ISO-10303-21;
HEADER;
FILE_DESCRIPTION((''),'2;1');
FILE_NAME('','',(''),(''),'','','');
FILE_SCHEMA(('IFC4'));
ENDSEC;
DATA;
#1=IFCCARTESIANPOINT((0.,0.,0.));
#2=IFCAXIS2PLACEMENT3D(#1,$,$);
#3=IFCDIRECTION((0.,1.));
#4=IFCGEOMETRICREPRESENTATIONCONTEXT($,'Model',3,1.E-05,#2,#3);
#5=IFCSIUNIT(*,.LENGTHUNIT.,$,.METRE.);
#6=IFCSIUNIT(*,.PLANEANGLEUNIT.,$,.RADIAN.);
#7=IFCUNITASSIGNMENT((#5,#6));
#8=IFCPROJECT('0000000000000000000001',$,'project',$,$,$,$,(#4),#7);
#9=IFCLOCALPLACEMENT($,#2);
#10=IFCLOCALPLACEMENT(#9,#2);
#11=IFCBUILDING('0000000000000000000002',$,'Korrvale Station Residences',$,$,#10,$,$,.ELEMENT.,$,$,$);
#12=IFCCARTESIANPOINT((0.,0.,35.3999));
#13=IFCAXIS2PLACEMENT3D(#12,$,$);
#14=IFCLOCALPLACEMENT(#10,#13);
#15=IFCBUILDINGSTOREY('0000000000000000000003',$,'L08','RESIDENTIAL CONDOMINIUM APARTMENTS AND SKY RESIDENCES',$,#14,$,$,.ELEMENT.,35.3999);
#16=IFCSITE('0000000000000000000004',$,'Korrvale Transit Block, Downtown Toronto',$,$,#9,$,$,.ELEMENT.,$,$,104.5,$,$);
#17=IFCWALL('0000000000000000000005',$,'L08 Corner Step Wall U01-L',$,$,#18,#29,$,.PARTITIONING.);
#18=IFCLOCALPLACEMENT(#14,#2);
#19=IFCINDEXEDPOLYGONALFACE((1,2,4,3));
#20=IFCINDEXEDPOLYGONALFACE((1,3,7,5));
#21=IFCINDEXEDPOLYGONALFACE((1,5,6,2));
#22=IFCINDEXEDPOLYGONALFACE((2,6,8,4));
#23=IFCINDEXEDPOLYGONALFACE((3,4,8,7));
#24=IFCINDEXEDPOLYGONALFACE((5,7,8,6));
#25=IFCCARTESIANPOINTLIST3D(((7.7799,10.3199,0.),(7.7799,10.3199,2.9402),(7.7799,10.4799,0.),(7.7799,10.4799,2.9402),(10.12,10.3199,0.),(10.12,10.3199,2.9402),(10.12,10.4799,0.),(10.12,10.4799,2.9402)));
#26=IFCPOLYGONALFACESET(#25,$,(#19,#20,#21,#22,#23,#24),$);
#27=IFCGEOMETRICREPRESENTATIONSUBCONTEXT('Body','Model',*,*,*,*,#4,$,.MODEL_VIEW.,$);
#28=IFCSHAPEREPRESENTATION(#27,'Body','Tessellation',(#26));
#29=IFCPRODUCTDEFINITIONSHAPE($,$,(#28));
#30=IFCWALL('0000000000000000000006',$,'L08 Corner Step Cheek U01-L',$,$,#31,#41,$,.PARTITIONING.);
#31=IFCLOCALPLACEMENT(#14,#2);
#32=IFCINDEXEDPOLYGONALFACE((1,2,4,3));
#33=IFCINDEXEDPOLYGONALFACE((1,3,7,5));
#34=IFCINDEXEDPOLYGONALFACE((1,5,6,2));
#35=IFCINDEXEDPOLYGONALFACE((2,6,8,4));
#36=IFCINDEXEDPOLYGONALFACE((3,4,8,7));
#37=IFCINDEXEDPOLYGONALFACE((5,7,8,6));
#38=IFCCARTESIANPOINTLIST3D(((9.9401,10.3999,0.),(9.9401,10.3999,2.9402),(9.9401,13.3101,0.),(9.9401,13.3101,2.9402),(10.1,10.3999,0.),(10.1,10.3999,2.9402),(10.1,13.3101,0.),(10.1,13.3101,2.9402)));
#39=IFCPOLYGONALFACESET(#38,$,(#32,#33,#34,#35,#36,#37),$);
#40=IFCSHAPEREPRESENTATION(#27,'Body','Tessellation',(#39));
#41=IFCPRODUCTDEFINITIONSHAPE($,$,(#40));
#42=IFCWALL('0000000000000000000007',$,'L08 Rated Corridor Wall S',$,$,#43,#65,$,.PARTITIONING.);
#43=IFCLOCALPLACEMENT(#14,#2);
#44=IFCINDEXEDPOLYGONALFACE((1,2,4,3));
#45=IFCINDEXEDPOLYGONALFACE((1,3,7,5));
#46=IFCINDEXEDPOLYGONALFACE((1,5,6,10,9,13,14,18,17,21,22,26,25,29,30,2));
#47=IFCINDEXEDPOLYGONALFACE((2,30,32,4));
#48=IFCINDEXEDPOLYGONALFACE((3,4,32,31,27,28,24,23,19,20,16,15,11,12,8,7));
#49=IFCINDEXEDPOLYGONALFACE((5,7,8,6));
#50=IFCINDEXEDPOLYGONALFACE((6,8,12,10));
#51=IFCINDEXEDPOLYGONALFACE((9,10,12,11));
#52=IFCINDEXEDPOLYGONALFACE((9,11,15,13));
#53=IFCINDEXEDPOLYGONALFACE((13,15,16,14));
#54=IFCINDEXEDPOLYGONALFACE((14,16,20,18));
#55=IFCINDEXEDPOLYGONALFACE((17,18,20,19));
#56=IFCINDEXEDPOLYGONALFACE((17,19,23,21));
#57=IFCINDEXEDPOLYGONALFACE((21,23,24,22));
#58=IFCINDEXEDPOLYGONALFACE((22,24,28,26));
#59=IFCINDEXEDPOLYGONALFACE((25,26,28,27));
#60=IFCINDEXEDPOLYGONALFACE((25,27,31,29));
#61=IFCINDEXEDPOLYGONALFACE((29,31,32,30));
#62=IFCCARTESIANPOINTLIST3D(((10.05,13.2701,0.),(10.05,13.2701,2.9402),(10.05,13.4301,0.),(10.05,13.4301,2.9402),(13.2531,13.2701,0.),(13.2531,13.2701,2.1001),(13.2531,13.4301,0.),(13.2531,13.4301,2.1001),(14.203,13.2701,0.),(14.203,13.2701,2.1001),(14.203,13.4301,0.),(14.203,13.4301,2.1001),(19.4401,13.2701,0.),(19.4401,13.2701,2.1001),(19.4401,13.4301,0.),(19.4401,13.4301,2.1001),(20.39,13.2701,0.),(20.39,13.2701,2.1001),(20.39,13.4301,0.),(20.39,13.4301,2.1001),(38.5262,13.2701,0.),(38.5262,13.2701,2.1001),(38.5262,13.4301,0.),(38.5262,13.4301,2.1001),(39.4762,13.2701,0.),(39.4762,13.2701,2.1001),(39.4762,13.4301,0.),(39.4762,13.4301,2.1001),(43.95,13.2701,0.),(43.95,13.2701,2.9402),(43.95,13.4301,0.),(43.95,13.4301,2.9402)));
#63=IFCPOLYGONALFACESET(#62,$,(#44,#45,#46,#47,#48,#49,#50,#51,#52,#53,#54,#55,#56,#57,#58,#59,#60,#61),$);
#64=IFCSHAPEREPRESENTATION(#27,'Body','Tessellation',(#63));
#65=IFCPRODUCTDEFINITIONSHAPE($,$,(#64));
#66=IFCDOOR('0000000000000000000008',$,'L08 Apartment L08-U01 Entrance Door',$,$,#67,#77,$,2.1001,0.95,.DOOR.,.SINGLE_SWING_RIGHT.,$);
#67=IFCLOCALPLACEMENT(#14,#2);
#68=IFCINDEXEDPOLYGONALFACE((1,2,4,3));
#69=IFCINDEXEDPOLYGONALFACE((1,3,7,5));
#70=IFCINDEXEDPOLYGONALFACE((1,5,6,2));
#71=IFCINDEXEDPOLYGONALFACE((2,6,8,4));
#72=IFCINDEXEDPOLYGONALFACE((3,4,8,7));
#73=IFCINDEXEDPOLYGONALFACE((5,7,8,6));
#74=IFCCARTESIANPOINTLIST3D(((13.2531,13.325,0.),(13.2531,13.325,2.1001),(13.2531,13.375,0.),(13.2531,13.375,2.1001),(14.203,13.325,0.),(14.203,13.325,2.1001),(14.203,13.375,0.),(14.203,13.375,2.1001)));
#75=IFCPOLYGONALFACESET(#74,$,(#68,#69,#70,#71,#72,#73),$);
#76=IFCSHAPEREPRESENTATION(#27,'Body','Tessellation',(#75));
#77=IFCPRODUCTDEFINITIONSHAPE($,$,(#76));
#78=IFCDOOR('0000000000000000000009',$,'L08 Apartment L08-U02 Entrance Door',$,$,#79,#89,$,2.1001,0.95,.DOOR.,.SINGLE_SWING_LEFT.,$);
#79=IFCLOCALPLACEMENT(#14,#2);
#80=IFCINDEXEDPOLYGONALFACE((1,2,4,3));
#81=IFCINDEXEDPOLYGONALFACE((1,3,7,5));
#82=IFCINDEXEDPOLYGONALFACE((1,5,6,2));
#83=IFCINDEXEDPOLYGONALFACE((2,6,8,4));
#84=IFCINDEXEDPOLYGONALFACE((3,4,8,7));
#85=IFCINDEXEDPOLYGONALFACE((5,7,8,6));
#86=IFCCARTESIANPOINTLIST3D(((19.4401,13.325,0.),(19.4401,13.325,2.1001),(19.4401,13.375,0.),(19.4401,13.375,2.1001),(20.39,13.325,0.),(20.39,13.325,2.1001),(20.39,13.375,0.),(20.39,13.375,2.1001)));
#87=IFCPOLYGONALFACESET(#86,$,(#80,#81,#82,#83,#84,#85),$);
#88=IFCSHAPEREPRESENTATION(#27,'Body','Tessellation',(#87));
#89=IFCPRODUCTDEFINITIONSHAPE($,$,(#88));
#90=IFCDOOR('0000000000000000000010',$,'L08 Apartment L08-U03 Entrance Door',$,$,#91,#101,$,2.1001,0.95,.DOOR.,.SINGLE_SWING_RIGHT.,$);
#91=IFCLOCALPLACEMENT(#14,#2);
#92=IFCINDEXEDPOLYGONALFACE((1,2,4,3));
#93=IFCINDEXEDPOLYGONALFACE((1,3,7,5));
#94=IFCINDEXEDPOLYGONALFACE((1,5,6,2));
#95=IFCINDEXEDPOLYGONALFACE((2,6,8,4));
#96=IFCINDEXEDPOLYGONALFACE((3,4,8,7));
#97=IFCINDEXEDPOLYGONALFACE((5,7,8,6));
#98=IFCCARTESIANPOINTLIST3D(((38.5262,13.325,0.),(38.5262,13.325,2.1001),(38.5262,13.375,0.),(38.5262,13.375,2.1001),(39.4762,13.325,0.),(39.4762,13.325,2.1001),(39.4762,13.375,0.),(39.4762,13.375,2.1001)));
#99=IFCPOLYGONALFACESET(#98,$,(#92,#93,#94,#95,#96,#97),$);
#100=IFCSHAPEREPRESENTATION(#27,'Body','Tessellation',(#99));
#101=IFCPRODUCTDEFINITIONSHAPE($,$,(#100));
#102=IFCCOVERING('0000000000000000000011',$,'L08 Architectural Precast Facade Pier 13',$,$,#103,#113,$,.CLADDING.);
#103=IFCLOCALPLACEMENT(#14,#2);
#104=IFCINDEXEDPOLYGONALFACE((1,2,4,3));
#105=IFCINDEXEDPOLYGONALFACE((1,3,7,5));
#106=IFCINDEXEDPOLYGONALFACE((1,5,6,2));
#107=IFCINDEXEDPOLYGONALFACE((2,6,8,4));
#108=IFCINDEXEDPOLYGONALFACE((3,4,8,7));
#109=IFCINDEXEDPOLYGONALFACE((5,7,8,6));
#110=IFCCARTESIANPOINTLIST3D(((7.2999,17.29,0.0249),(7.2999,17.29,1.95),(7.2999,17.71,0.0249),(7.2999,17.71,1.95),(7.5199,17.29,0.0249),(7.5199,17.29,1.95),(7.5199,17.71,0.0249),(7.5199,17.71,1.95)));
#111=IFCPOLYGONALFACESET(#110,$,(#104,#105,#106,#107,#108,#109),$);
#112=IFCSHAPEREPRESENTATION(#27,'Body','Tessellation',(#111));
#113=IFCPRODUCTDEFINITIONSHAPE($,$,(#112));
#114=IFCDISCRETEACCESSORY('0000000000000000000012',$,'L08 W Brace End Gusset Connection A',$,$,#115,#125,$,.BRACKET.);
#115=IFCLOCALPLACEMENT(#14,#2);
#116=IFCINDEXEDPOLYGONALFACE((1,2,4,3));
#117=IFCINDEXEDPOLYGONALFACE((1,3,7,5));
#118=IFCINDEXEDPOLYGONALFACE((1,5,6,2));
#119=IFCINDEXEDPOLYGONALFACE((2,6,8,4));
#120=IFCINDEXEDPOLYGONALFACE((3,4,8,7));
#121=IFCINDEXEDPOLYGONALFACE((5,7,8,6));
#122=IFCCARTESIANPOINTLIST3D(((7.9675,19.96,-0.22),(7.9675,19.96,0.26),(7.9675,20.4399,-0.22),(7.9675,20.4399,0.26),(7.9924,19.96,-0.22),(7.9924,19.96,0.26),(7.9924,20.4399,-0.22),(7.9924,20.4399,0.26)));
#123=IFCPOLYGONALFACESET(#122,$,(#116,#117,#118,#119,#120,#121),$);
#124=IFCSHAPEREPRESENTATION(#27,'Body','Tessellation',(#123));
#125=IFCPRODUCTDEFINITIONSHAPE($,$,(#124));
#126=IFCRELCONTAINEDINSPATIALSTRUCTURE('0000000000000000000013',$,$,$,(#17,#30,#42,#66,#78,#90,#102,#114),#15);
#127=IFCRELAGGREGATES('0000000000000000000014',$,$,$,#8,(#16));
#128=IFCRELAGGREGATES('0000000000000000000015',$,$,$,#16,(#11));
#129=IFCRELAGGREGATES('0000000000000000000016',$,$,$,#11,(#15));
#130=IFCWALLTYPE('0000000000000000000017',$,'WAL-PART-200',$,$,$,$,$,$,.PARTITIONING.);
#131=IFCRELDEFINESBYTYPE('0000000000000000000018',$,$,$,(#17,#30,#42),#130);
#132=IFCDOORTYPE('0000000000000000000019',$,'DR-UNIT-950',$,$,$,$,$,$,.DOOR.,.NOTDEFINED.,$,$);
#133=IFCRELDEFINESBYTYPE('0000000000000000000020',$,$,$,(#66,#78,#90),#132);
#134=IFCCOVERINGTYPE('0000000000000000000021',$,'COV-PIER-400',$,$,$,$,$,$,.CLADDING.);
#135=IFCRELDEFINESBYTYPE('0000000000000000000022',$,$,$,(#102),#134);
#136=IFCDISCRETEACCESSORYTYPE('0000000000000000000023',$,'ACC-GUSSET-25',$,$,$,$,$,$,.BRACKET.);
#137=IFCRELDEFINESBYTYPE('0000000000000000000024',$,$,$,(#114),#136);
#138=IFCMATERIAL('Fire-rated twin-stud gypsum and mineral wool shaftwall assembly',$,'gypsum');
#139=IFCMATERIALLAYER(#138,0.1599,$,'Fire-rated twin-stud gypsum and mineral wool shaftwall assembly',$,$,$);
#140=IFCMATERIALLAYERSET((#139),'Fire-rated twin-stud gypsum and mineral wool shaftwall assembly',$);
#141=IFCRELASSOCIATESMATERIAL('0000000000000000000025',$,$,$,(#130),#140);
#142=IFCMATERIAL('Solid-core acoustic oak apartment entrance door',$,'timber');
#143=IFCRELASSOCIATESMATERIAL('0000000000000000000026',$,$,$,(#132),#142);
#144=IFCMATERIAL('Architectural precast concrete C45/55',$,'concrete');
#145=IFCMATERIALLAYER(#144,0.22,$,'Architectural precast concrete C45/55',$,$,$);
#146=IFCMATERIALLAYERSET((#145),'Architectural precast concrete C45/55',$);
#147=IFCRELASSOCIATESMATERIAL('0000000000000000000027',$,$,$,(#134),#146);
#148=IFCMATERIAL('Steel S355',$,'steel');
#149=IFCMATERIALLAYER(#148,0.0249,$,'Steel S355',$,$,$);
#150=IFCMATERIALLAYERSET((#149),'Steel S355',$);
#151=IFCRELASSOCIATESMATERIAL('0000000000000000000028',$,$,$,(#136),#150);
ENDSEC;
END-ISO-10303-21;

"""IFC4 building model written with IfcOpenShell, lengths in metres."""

from ifc_helpers import new_model, si_unit, direction, frame, frame_2d, origin, origin_2d, place, context, subcontext, project, spatial, rectangle, extrude, material, layer, layer_set, type_object, element, fill, save


model = new_model("IFC4")

# Units and contexts
model_context = context("Model", 3, precision=1e-05, world=origin(), true_north=direction((0.0, 1.0)))
body_context = subcontext(model_context, "Body", "Model", "MODEL_VIEW")
ifc_project = project(units=[si_unit("LENGTHUNIT", "METRE"), si_unit("PLANEANGLEUNIT", "RADIAN")], contexts=[model_context])

# Site, building, storey
site_placement = place(None, origin())
site = spatial("IfcSite", under=ifc_project, at=site_placement, Name="Korrvale Transit Block, Downtown Toronto", CompositionType="ELEMENT", RefElevation=104.5)
building_placement = place(site_placement, origin())
building = spatial("IfcBuilding", under=site, at=building_placement, Name="Korrvale Station Residences", CompositionType="ELEMENT")
storey_placement = place(building_placement, frame((0.0, 0.0, 35.3999)))
storey = spatial("IfcBuildingStorey", under=building, at=storey_placement, Name="L08", Description="RESIDENTIAL CONDOMINIUM APARTMENTS AND SKY RESIDENCES", CompositionType="ELEMENT", Elevation=35.3999)

# Shared definitions
ifc_material_1 = material(Name="Steel S355", Category="steel")

# Walls
ifc_material_2 = material(Name="Fire-rated twin-stud gypsum and mineral wool shaftwall assembly", Category="gypsum")
ifc_layer_1 = layer(ifc_material_2, 0.1599, Name="Fire-rated twin-stud gypsum and mineral wool shaftwall assembly")
ifc_layer_set_1 = layer_set([ifc_layer_1], Name="Fire-rated twin-stud gypsum and mineral wool shaftwall assembly")
wall_type_1 = type_object("IfcWallType", Name="WAL-PART-200", PredefinedType="PARTITIONING", material=ifc_layer_set_1)
wall_1_placement = place(storey_placement, frame((7.78, 10.3999, 0.0), z_axis=(0.0, 0.0, 1.0), x_axis=(1.0, 0.0, 0.0)))
element("IfcWall", 1, at=wall_1_placement, inside=storey, type_object=wall_type_1, Name="L08 Corner Step Wall U01-L", PredefinedType="PARTITIONING", context=body_context, shape_type="SweptSolid", body=[
    extrude(rectangle(XDim=2.3401, YDim=0.1599, at=frame_2d((1.1699, 0.0))), origin(), (0.0, 0.0, 1.0), 2.9402),
])
wall_2_placement = place(storey_placement, frame((10.02, 10.3999, 0.0), z_axis=(0.0, 0.0, 1.0), x_axis=(0.0, 1.0, 0.0)))
element("IfcWall", 2, at=wall_2_placement, inside=storey, type_object=wall_type_1, Name="L08 Corner Step Cheek U01-L", PredefinedType="PARTITIONING", context=body_context, shape_type="SweptSolid", body=[
    extrude(rectangle(XDim=2.9102, YDim=0.1599, at=frame_2d((1.4551, 0.0))), origin(), (0.0, 0.0, 1.0), 2.9402),
])

# Wall, openings, doors
wall_3_placement = place(storey_placement, frame((10.05, 13.3501, 0.0), z_axis=(0.0, 0.0, 1.0), x_axis=(1.0, 0.0, 0.0)))
wall_3 = element("IfcWall", 3, at=wall_3_placement, inside=storey, type_object=wall_type_1, Name="L08 Rated Corridor Wall S", PredefinedType="PARTITIONING", context=body_context, shape_type="SweptSolid", body=[
    extrude(rectangle(XDim=33.8999, YDim=0.1599, at=frame_2d((16.95, 0.0))), origin(), (0.0, 0.0, 1.0), 2.9402),
])
opening_1_placement = place(wall_3_placement, frame((3.2029, 0.0, 0.0)))
opening_1 = element("IfcOpeningElement", 4, at=opening_1_placement, cuts=wall_3, PredefinedType="OPENING", context=body_context, shape_type="SweptSolid", body=[
    extrude(rectangle(XDim=0.95, YDim=2.1001, at=frame_2d((0.4751, 1.05))), frame((0.0, 0.0898, 0.0), z_axis=(0.0, -1.0, 0.0), x_axis=(1.0, 0.0, 0.0)), (0.0, 0.0, 1.0), 0.1799),
])
opening_2_placement = place(wall_3_placement, frame((9.3899, 0.0, 0.0)))
opening_2 = element("IfcOpeningElement", 5, at=opening_2_placement, cuts=wall_3, PredefinedType="OPENING", context=body_context, shape_type="SweptSolid", body=[
    extrude(rectangle(XDim=0.95, YDim=2.1001, at=frame_2d((0.4751, 1.05))), frame((0.0, 0.0898, 0.0), z_axis=(0.0, -1.0, 0.0), x_axis=(1.0, 0.0, 0.0)), (0.0, 0.0, 1.0), 0.1799),
])
opening_3_placement = place(wall_3_placement, frame((28.4761, 0.0, 0.0)))
opening_3 = element("IfcOpeningElement", 6, at=opening_3_placement, cuts=wall_3, PredefinedType="OPENING", context=body_context, shape_type="SweptSolid", body=[
    extrude(rectangle(XDim=0.95, YDim=2.1001, at=frame_2d((0.4751, 1.05))), frame((0.0, 0.0898, 0.0), z_axis=(0.0, -1.0, 0.0), x_axis=(1.0, 0.0, 0.0)), (0.0, 0.0, 1.0), 0.1799),
])
ifc_material_3 = material(Name="Solid-core acoustic oak apartment entrance door", Category="timber")
door_type_1 = type_object("IfcDoorType", Name="DR-UNIT-950", OperationType="NOTDEFINED", PredefinedType="DOOR", material=ifc_material_3)
door_1_placement = place(opening_1_placement, origin())
door_1 = element("IfcDoor", 7, at=door_1_placement, inside=storey, type_object=door_type_1, Name="L08 Apartment L08-U01 Entrance Door", OperationType="SINGLE_SWING_RIGHT", OverallHeight=2.1001, OverallWidth=0.95, PredefinedType="DOOR", context=body_context, shape_type="SweptSolid", body=[
    extrude(rectangle(XDim=0.95, YDim=2.1001, at=frame_2d((0.4751, 1.05))), frame((0.0, 0.0249, 0.0), z_axis=(0.0, -1.0, 0.0), x_axis=(1.0, 0.0, 0.0)), (0.0, 0.0, 1.0), 0.05),
])
fill(opening_1, door_1)
door_2_placement = place(opening_2_placement, origin())
door_2 = element("IfcDoor", 8, at=door_2_placement, inside=storey, type_object=door_type_1, Name="L08 Apartment L08-U02 Entrance Door", OperationType="SINGLE_SWING_LEFT", OverallHeight=2.1001, OverallWidth=0.95, PredefinedType="DOOR", context=body_context, shape_type="SweptSolid", body=[
    extrude(rectangle(XDim=0.95, YDim=2.1001, at=frame_2d((0.4751, 1.05))), frame((0.0, 0.0249, 0.0), z_axis=(0.0, -1.0, 0.0), x_axis=(1.0, 0.0, 0.0)), (0.0, 0.0, 1.0), 0.05),
])
fill(opening_2, door_2)
door_3_placement = place(opening_3_placement, origin())
door_3 = element("IfcDoor", 9, at=door_3_placement, inside=storey, type_object=door_type_1, Name="L08 Apartment L08-U03 Entrance Door", OperationType="SINGLE_SWING_RIGHT", OverallHeight=2.1001, OverallWidth=0.95, PredefinedType="DOOR", context=body_context, shape_type="SweptSolid", body=[
    extrude(rectangle(XDim=0.95, YDim=2.1001, at=frame_2d((0.4751, 1.05))), frame((0.0, 0.0249, 0.0), z_axis=(0.0, -1.0, 0.0), x_axis=(1.0, 0.0, 0.0)), (0.0, 0.0, 1.0), 0.05),
])
fill(opening_3, door_3)

# Covering
ifc_material_4 = material(Name="Architectural precast concrete C45/55", Category="concrete")
ifc_layer_2 = layer(ifc_material_4, 0.22, Name="Architectural precast concrete C45/55")
ifc_layer_set_2 = layer_set([ifc_layer_2], Name="Architectural precast concrete C45/55")
covering_type = type_object("IfcCoveringType", Name="COV-PIER-400", PredefinedType="CLADDING", material=ifc_layer_set_2)
covering_placement = place(storey_placement, frame((7.4099, 17.5, 0.0249), z_axis=(0.0, 0.0, 1.0), x_axis=(0.0, 1.0, 0.0)))
element("IfcCovering", 10, at=covering_placement, inside=storey, type_object=covering_type, Name="L08 Architectural Precast Facade Pier 13", PredefinedType="CLADDING", context=body_context, shape_type="SweptSolid", body=[
    extrude(rectangle(XDim=0.4199, YDim=0.22, at=origin_2d()), origin(), (0.0, 0.0, 1.0), 1.925),
])

# Discrete accessory
ifc_layer_3 = layer(ifc_material_1, 0.0249, Name="Steel S355")
ifc_layer_set_3 = layer_set([ifc_layer_3], Name="Steel S355")
discrete_accessory_type = type_object("IfcDiscreteAccessoryType", Name="ACC-GUSSET-25", PredefinedType="BRACKET", material=ifc_layer_set_3)
discrete_accessory_placement = place(storey_placement, frame((7.98, 20.2, -0.22), z_axis=(0.0, 0.0, 1.0), x_axis=(0.0, 1.0, 0.0)))
element("IfcDiscreteAccessory", 11, at=discrete_accessory_placement, inside=storey, type_object=discrete_accessory_type, Name="L08 W Brace End Gusset Connection A", PredefinedType="BRACKET", context=body_context, shape_type="SweptSolid", body=[
    extrude(rectangle(XDim=0.48, YDim=0.0249, at=origin_2d()), origin(), (0.0, 0.0, 1.0), 0.48),
])

save(model, "model.ifc")
